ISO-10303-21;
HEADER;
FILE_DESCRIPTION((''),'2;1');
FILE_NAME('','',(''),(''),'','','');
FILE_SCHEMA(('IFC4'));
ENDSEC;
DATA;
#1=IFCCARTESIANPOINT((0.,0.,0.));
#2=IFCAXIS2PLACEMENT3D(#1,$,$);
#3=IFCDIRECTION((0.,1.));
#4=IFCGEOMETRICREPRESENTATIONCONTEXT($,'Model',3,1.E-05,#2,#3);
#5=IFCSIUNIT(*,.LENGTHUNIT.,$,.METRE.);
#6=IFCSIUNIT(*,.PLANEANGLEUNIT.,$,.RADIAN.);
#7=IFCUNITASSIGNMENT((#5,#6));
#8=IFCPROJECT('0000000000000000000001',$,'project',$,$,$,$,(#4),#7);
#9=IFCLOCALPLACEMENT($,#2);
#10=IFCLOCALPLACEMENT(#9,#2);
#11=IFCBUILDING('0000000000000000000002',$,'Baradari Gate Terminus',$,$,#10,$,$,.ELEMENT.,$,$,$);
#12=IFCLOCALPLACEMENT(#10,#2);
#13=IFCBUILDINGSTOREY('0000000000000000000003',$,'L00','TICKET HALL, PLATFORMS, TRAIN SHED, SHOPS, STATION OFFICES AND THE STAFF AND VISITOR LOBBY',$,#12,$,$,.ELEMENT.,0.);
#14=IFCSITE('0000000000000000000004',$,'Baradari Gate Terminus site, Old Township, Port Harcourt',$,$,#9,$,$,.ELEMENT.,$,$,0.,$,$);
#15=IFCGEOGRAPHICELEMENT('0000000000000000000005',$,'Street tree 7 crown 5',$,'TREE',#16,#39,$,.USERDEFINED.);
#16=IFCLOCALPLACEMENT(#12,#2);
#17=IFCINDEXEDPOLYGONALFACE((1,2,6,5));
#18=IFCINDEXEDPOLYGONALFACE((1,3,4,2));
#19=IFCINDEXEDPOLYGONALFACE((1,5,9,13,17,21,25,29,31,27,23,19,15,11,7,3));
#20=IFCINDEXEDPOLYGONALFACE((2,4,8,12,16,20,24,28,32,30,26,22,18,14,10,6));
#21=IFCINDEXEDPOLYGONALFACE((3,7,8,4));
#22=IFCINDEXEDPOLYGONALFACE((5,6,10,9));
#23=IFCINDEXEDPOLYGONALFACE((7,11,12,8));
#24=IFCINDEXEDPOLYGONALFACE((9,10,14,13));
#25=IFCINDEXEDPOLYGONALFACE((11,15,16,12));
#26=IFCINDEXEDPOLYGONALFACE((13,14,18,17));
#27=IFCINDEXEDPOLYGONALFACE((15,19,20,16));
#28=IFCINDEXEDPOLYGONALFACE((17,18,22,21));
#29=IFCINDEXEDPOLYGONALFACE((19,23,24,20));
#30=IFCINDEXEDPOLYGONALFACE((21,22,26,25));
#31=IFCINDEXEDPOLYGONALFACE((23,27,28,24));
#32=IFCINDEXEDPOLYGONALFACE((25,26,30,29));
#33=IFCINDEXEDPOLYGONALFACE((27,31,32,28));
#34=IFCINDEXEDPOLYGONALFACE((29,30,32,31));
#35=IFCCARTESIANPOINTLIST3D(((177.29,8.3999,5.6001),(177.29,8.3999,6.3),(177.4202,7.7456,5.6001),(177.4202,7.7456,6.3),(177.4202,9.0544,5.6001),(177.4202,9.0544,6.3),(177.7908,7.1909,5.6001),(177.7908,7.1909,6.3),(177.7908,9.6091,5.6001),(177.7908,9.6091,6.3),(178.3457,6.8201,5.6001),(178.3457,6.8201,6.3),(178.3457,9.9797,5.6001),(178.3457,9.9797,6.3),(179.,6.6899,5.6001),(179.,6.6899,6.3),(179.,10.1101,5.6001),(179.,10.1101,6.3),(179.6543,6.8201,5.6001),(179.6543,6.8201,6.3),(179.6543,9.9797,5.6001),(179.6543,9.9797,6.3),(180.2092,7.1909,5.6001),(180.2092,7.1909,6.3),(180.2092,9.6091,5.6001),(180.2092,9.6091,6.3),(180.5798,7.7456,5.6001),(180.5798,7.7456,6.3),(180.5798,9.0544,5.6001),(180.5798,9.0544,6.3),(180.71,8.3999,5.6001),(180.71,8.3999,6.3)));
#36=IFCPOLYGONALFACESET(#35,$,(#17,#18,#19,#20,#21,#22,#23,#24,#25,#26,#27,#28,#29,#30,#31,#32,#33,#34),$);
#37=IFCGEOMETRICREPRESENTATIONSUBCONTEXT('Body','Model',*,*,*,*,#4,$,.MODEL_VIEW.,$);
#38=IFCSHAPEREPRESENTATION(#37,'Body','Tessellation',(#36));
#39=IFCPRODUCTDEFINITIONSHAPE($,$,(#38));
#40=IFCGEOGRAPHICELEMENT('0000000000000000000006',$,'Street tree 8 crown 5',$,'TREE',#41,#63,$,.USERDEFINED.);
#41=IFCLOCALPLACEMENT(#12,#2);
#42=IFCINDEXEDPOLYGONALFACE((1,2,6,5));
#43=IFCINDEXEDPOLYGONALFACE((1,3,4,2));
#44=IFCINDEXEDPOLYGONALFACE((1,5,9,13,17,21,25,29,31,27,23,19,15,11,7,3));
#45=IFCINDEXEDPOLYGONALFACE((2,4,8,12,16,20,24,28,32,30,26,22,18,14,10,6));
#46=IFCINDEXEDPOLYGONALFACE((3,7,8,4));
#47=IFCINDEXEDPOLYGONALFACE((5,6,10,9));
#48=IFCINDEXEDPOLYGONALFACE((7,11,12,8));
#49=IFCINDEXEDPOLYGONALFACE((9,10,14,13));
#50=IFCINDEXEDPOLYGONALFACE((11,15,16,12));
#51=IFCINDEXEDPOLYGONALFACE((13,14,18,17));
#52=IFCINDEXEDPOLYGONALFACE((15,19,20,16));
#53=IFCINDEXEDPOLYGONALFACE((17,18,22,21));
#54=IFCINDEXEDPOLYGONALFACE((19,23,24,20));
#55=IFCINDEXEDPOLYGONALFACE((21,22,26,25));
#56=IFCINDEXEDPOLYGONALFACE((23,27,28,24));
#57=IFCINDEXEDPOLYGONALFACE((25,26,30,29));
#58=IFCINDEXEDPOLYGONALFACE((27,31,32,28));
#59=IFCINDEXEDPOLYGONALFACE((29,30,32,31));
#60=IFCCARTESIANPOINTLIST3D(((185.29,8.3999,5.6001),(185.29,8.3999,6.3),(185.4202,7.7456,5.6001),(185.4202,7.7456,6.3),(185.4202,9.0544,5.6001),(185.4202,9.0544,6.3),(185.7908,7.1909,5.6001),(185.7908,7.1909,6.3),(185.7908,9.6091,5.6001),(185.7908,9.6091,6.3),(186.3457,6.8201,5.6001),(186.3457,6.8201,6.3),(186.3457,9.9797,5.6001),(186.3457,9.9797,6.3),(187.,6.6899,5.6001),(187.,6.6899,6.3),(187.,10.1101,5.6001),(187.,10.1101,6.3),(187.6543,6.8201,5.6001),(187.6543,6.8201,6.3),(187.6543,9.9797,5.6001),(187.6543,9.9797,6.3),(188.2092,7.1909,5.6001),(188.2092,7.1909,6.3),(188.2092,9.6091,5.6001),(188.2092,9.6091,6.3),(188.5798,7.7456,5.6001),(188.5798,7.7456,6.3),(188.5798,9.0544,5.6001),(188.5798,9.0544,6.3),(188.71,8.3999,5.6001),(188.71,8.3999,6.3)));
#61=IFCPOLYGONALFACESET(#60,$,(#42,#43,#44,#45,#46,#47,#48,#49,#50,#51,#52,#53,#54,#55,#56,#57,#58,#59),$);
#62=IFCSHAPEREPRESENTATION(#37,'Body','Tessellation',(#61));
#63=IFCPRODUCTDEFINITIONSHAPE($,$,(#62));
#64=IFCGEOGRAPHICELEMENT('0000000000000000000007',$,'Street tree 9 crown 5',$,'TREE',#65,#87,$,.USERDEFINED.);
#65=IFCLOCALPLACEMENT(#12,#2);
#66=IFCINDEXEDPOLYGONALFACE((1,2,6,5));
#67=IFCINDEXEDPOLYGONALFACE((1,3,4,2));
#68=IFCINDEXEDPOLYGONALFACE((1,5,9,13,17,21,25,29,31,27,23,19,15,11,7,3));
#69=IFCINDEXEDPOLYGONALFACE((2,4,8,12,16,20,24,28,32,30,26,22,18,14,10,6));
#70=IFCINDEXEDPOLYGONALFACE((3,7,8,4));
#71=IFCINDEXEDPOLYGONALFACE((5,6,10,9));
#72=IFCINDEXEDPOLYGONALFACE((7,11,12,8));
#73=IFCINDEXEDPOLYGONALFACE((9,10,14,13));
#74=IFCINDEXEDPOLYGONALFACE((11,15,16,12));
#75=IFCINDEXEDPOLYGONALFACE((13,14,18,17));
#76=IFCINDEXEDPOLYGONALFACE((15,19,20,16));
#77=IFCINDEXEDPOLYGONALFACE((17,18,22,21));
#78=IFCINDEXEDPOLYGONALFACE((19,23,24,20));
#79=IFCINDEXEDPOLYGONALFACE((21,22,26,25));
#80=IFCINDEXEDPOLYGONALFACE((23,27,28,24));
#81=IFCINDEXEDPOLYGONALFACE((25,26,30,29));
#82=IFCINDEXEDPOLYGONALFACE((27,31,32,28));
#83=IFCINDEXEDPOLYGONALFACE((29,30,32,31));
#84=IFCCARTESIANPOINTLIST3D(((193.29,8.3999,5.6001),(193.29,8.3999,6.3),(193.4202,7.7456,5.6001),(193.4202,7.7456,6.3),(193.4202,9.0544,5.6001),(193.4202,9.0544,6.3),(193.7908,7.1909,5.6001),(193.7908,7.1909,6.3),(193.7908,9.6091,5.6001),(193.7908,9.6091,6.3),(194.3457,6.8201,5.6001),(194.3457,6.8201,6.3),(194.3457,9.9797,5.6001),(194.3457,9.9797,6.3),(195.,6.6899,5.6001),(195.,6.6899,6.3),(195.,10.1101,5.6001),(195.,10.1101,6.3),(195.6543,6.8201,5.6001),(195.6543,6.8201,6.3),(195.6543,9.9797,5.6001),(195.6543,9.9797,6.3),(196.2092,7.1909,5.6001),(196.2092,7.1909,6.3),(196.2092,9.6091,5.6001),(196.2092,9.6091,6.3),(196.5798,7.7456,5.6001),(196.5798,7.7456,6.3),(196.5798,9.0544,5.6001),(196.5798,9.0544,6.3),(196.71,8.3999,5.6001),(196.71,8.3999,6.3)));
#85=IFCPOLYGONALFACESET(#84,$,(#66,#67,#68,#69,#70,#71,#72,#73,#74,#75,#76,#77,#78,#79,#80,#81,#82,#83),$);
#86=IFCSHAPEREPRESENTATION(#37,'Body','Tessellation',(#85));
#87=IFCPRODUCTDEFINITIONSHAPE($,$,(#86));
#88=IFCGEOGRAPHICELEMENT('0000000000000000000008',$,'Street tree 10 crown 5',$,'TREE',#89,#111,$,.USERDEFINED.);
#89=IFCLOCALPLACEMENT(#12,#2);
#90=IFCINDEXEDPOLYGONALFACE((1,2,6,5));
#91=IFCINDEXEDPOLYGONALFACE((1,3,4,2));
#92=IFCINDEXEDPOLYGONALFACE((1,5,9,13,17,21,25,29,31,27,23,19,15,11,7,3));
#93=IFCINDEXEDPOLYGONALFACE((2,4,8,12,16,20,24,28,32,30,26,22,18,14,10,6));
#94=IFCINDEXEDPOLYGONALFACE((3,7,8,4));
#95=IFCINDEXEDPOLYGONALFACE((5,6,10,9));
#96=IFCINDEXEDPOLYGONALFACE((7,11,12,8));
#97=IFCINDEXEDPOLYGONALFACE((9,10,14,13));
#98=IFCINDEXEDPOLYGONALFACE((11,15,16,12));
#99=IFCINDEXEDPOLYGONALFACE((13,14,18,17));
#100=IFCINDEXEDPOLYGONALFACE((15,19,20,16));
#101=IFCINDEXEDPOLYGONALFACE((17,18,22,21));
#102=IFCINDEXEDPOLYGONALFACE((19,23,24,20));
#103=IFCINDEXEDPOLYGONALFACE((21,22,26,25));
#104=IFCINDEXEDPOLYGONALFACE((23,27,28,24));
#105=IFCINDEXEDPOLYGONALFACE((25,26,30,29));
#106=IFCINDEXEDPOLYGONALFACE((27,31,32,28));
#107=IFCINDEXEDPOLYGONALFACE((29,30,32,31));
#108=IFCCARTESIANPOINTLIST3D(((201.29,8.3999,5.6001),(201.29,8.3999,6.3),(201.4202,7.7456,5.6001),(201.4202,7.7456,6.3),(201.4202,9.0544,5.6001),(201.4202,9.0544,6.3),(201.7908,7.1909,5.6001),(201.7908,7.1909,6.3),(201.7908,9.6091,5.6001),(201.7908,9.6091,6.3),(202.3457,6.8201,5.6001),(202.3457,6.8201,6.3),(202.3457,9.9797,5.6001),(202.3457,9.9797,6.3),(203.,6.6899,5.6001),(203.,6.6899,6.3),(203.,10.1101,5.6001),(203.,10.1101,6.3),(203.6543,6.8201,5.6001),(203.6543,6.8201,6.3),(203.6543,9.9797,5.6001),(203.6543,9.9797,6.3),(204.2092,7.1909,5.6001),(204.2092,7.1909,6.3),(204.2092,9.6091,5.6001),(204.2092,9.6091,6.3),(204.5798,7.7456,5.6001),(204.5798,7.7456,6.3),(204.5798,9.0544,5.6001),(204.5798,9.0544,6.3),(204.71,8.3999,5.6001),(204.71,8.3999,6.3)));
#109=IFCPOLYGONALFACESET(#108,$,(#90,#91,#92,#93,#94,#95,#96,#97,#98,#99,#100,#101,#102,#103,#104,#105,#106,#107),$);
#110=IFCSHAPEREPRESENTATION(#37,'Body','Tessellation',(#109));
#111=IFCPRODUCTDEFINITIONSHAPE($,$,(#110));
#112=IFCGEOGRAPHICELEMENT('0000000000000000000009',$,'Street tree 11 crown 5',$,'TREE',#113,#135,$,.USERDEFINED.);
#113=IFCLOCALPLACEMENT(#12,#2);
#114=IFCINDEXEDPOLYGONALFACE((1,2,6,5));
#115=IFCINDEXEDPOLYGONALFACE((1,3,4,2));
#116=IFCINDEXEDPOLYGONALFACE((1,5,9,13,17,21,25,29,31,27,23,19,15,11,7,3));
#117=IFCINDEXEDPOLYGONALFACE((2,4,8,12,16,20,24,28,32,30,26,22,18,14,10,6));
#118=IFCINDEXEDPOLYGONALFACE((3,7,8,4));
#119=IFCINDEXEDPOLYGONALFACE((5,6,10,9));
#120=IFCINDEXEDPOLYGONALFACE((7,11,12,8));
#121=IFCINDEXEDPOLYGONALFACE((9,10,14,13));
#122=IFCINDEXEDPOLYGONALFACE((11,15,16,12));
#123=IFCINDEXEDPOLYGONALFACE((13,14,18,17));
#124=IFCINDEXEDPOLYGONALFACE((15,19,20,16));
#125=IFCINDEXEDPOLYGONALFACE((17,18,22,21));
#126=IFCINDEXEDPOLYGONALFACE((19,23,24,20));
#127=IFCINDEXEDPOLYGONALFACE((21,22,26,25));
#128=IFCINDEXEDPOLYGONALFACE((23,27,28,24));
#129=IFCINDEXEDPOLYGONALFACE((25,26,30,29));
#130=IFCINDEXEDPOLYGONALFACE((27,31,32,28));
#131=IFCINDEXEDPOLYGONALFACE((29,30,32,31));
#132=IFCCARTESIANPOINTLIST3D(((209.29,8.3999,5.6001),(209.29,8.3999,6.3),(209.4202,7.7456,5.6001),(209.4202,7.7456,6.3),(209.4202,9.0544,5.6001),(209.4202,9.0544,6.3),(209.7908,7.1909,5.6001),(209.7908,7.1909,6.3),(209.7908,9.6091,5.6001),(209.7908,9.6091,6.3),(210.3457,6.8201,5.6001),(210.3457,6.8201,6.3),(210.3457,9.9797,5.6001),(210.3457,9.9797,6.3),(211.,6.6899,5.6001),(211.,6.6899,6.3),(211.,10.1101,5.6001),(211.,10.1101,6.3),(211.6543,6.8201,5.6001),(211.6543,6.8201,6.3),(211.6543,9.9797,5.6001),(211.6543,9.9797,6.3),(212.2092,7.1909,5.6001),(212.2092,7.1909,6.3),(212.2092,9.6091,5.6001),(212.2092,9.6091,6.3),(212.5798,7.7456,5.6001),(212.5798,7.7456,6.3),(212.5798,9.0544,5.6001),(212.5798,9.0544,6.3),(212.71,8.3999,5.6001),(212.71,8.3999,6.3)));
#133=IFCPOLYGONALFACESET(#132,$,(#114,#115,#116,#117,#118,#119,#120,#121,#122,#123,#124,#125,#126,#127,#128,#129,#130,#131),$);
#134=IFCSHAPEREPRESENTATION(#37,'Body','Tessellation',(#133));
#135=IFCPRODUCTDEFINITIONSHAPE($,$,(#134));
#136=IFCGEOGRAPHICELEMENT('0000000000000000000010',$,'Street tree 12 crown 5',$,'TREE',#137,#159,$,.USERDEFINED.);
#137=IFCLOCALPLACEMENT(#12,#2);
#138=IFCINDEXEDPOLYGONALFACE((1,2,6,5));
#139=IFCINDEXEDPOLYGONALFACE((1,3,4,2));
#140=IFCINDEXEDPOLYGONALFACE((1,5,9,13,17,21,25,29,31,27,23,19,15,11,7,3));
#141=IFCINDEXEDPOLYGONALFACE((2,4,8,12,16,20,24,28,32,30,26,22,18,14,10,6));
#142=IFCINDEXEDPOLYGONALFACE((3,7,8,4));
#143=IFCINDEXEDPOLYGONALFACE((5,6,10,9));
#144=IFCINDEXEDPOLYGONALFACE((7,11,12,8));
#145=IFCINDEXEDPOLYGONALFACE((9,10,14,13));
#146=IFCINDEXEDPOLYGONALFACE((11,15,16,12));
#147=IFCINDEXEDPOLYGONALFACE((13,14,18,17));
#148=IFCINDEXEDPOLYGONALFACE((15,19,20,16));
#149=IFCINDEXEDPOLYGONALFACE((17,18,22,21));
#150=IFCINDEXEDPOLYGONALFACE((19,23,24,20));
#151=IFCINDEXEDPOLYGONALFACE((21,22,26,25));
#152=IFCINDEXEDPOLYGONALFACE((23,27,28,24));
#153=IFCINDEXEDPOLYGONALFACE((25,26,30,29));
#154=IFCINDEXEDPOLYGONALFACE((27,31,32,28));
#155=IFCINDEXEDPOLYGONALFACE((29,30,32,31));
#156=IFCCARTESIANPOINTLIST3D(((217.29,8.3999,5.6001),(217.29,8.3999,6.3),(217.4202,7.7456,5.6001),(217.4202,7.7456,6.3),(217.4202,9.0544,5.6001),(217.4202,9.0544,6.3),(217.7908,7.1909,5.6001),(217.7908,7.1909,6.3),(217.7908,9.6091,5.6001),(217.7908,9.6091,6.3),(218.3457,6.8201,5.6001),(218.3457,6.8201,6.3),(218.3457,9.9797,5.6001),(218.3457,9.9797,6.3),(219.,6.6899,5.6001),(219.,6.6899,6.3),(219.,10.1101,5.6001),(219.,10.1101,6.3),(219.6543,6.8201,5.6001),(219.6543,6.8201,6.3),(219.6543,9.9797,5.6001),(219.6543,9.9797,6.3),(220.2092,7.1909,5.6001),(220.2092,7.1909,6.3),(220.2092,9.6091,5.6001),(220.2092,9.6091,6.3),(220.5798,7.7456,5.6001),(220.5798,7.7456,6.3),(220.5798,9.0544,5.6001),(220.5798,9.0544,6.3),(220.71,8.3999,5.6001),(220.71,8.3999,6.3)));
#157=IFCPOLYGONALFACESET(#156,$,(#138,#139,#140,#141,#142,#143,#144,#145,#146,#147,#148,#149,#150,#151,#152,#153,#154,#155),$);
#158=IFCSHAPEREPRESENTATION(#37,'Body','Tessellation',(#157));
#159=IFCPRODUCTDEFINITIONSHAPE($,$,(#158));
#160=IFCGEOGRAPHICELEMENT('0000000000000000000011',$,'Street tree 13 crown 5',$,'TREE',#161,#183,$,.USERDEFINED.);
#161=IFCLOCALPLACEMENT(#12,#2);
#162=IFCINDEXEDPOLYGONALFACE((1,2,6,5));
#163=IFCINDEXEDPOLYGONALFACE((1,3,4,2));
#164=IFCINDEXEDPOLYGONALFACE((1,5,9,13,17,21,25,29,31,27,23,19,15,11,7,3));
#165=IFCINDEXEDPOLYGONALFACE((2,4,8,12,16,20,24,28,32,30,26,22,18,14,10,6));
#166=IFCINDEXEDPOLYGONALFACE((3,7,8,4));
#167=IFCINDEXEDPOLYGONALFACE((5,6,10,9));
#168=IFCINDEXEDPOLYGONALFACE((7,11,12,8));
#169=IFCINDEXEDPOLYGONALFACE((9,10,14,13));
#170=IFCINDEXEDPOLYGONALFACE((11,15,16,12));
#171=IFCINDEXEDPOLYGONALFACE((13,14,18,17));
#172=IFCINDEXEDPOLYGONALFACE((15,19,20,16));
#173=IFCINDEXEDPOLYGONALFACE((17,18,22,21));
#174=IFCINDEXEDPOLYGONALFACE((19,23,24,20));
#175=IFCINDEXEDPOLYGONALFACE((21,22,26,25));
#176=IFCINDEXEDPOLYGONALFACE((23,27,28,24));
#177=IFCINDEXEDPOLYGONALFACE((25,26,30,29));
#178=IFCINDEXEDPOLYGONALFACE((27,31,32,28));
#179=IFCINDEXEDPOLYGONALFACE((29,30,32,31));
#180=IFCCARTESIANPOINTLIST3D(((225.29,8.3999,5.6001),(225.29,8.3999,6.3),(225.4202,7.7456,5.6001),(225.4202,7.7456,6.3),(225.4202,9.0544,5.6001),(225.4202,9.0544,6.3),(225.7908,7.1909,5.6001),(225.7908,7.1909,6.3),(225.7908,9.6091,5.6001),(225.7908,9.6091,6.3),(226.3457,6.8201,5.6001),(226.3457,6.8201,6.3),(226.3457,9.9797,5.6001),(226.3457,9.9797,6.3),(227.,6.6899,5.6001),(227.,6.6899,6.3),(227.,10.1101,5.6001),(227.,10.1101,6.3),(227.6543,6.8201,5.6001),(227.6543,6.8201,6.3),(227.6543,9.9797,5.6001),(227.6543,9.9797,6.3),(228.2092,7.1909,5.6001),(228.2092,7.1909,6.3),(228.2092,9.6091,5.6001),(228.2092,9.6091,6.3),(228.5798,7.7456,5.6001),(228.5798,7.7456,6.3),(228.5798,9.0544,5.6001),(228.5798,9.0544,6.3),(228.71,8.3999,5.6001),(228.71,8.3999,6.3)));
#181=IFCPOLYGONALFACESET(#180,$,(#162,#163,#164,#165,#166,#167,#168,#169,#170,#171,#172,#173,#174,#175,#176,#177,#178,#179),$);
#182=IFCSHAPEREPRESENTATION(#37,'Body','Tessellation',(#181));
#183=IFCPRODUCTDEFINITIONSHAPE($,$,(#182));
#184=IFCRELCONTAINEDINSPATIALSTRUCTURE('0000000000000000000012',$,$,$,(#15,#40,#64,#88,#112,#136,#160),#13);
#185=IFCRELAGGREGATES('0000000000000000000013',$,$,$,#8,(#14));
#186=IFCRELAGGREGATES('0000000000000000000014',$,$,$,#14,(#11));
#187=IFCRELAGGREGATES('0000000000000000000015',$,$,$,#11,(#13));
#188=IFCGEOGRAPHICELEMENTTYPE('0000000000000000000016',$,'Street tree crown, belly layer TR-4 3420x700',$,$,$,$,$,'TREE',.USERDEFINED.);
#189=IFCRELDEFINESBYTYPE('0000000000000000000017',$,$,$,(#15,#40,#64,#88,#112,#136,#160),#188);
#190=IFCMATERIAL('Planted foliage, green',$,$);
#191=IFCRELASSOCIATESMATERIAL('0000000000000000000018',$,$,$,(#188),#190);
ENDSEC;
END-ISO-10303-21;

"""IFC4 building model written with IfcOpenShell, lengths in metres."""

from ifc_helpers import new_model, si_unit, direction, frame, origin, place, context, subcontext, project, spatial, polyline, outline, extrude, material, type_object, element, save


model = new_model("IFC4")

# Units and contexts
model_context = context("Model", 3, precision=1e-05, world=origin(), true_north=direction((0.0, 1.0)))
body_context = subcontext(model_context, "Body", "Model", "MODEL_VIEW")
ifc_project = project(units=[si_unit("LENGTHUNIT", "METRE"), si_unit("PLANEANGLEUNIT", "RADIAN")], contexts=[model_context])

# Site, building, storey
site_placement = place(None, origin())
site = spatial("IfcSite", under=ifc_project, at=site_placement, Name="Baradari Gate Terminus site, Old Township, Port Harcourt", CompositionType="ELEMENT", RefElevation=0.0)
building_placement = place(site_placement, origin())
building = spatial("IfcBuilding", under=site, at=building_placement, Name="Baradari Gate Terminus", CompositionType="ELEMENT")
storey_placement = place(building_placement, origin())
storey = spatial("IfcBuildingStorey", under=building, at=storey_placement, Name="L00", Description="TICKET HALL, PLATFORMS, TRAIN SHED, SHOPS, STATION OFFICES AND THE STAFF AND VISITOR LOBBY", CompositionType="ELEMENT", Elevation=0.0)

# Geographic elements
ifc_material_1 = material(Name="Planted foliage, green")
geographic_element_type_1 = type_object("IfcGeographicElementType", Name="Street tree crown, belly layer TR-4 3420x700", ElementType="TREE", PredefinedType="USERDEFINED", material=ifc_material_1)
geographic_element_1_placement = place(storey_placement, frame((0.0, 0.0, 5.6001)))
element("IfcGeographicElement", 1, at=geographic_element_1_placement, inside=storey, type_object=geographic_element_type_1, Name="Street tree 7 crown 5", ObjectType="TREE", PredefinedType="USERDEFINED", context=body_context, shape_type="SweptSolid", body=[
    extrude(outline(polyline([(180.71, 8.3999), (180.5798, 9.0544), (180.2092, 9.6091), (179.6543, 9.9797), (179.0, 10.1101), (178.3457, 9.9797), (177.7908, 9.6091), (177.4202, 9.0544), (177.29, 8.3999), (177.4202, 7.7456), (177.7908, 7.1909), (178.3457, 6.8201), (179.0, 6.6899), (179.6543, 6.8201), (180.2092, 7.1909), (180.5798, 7.7456), (180.71, 8.3999)])), origin(), (0.0, 0.0, 1.0), 0.7),
])
geographic_element_2_placement = place(storey_placement, frame((0.0, 0.0, 5.6001)))
element("IfcGeographicElement", 2, at=geographic_element_2_placement, inside=storey, type_object=geographic_element_type_1, Name="Street tree 8 crown 5", ObjectType="TREE", PredefinedType="USERDEFINED", context=body_context, shape_type="SweptSolid", body=[
    extrude(outline(polyline([(188.71, 8.3999), (188.5798, 9.0544), (188.2092, 9.6091), (187.6543, 9.9797), (187.0, 10.1101), (186.3457, 9.9797), (185.7908, 9.6091), (185.4202, 9.0544), (185.29, 8.3999), (185.4202, 7.7456), (185.7908, 7.1909), (186.3457, 6.8201), (187.0, 6.6899), (187.6543, 6.8201), (188.2092, 7.1909), (188.5798, 7.7456), (188.71, 8.3999)])), origin(), (0.0, 0.0, 1.0), 0.7),
])
geographic_element_3_placement = place(storey_placement, frame((0.0, 0.0, 5.6001)))
element("IfcGeographicElement", 3, at=geographic_element_3_placement, inside=storey, type_object=geographic_element_type_1, Name="Street tree 9 crown 5", ObjectType="TREE", PredefinedType="USERDEFINED", context=body_context, shape_type="SweptSolid", body=[
    extrude(outline(polyline([(196.71, 8.3999), (196.5798, 9.0544), (196.2092, 9.6091), (195.6543, 9.9797), (195.0, 10.1101), (194.3457, 9.9797), (193.7908, 9.6091), (193.4202, 9.0544), (193.29, 8.3999), (193.4202, 7.7456), (193.7908, 7.1909), (194.3457, 6.8201), (195.0, 6.6899), (195.6543, 6.8201), (196.2092, 7.1909), (196.5798, 7.7456), (196.71, 8.3999)])), origin(), (0.0, 0.0, 1.0), 0.7),
])
geographic_element_4_placement = place(storey_placement, frame((0.0, 0.0, 5.6001)))
element("IfcGeographicElement", 4, at=geographic_element_4_placement, inside=storey, type_object=geographic_element_type_1, Name="Street tree 10 crown 5", ObjectType="TREE", PredefinedType="USERDEFINED", context=body_context, shape_type="SweptSolid", body=[
    extrude(outline(polyline([(204.71, 8.3999), (204.5798, 9.0544), (204.2092, 9.6091), (203.6543, 9.9797), (203.0, 10.1101), (202.3457, 9.9797), (201.7908, 9.6091), (201.4202, 9.0544), (201.29, 8.3999), (201.4202, 7.7456), (201.7908, 7.1909), (202.3457, 6.8201), (203.0, 6.6899), (203.6543, 6.8201), (204.2092, 7.1909), (204.5798, 7.7456), (204.71, 8.3999)])), origin(), (0.0, 0.0, 1.0), 0.7),
])
geographic_element_5_placement = place(storey_placement, frame((0.0, 0.0, 5.6001)))
element("IfcGeographicElement", 5, at=geographic_element_5_placement, inside=storey, type_object=geographic_element_type_1, Name="Street tree 11 crown 5", ObjectType="TREE", PredefinedType="USERDEFINED", context=body_context, shape_type="SweptSolid", body=[
    extrude(outline(polyline([(212.71, 8.3999), (212.5798, 9.0544), (212.2092, 9.6091), (211.6543, 9.9797), (211.0, 10.1101), (210.3457, 9.9797), (209.7908, 9.6091), (209.4202, 9.0544), (209.29, 8.3999), (209.4202, 7.7456), (209.7908, 7.1909), (210.3457, 6.8201), (211.0, 6.6899), (211.6543, 6.8201), (212.2092, 7.1909), (212.5798, 7.7456), (212.71, 8.3999)])), origin(), (0.0, 0.0, 1.0), 0.7),
])
geographic_element_6_placement = place(storey_placement, frame((0.0, 0.0, 5.6001)))
element("IfcGeographicElement", 6, at=geographic_element_6_placement, inside=storey, type_object=geographic_element_type_1, Name="Street tree 12 crown 5", ObjectType="TREE", PredefinedType="USERDEFINED", context=body_context, shape_type="SweptSolid", body=[
    extrude(outline(polyline([(220.71, 8.3999), (220.5798, 9.0544), (220.2092, 9.6091), (219.6543, 9.9797), (219.0, 10.1101), (218.3457, 9.9797), (217.7908, 9.6091), (217.4202, 9.0544), (217.29, 8.3999), (217.4202, 7.7456), (217.7908, 7.1909), (218.3457, 6.8201), (219.0, 6.6899), (219.6543, 6.8201), (220.2092, 7.1909), (220.5798, 7.7456), (220.71, 8.3999)])), origin(), (0.0, 0.0, 1.0), 0.7),
])
geographic_element_7_placement = place(storey_placement, frame((0.0, 0.0, 5.6001)))
element("IfcGeographicElement", 7, at=geographic_element_7_placement, inside=storey, type_object=geographic_element_type_1, Name="Street tree 13 crown 5", ObjectType="TREE", PredefinedType="USERDEFINED", context=body_context, shape_type="SweptSolid", body=[
    extrude(outline(polyline([(228.71, 8.3999), (228.5798, 9.0544), (228.2092, 9.6091), (227.6543, 9.9797), (227.0, 10.1101), (226.3457, 9.9797), (225.7908, 9.6091), (225.4202, 9.0544), (225.29, 8.3999), (225.4202, 7.7456), (225.7908, 7.1909), (226.3457, 6.8201), (227.0, 6.6899), (227.6543, 6.8201), (228.2092, 7.1909), (228.5798, 7.7456), (228.71, 8.3999)])), origin(), (0.0, 0.0, 1.0), 0.7),
])

save(model, "model.ifc")
